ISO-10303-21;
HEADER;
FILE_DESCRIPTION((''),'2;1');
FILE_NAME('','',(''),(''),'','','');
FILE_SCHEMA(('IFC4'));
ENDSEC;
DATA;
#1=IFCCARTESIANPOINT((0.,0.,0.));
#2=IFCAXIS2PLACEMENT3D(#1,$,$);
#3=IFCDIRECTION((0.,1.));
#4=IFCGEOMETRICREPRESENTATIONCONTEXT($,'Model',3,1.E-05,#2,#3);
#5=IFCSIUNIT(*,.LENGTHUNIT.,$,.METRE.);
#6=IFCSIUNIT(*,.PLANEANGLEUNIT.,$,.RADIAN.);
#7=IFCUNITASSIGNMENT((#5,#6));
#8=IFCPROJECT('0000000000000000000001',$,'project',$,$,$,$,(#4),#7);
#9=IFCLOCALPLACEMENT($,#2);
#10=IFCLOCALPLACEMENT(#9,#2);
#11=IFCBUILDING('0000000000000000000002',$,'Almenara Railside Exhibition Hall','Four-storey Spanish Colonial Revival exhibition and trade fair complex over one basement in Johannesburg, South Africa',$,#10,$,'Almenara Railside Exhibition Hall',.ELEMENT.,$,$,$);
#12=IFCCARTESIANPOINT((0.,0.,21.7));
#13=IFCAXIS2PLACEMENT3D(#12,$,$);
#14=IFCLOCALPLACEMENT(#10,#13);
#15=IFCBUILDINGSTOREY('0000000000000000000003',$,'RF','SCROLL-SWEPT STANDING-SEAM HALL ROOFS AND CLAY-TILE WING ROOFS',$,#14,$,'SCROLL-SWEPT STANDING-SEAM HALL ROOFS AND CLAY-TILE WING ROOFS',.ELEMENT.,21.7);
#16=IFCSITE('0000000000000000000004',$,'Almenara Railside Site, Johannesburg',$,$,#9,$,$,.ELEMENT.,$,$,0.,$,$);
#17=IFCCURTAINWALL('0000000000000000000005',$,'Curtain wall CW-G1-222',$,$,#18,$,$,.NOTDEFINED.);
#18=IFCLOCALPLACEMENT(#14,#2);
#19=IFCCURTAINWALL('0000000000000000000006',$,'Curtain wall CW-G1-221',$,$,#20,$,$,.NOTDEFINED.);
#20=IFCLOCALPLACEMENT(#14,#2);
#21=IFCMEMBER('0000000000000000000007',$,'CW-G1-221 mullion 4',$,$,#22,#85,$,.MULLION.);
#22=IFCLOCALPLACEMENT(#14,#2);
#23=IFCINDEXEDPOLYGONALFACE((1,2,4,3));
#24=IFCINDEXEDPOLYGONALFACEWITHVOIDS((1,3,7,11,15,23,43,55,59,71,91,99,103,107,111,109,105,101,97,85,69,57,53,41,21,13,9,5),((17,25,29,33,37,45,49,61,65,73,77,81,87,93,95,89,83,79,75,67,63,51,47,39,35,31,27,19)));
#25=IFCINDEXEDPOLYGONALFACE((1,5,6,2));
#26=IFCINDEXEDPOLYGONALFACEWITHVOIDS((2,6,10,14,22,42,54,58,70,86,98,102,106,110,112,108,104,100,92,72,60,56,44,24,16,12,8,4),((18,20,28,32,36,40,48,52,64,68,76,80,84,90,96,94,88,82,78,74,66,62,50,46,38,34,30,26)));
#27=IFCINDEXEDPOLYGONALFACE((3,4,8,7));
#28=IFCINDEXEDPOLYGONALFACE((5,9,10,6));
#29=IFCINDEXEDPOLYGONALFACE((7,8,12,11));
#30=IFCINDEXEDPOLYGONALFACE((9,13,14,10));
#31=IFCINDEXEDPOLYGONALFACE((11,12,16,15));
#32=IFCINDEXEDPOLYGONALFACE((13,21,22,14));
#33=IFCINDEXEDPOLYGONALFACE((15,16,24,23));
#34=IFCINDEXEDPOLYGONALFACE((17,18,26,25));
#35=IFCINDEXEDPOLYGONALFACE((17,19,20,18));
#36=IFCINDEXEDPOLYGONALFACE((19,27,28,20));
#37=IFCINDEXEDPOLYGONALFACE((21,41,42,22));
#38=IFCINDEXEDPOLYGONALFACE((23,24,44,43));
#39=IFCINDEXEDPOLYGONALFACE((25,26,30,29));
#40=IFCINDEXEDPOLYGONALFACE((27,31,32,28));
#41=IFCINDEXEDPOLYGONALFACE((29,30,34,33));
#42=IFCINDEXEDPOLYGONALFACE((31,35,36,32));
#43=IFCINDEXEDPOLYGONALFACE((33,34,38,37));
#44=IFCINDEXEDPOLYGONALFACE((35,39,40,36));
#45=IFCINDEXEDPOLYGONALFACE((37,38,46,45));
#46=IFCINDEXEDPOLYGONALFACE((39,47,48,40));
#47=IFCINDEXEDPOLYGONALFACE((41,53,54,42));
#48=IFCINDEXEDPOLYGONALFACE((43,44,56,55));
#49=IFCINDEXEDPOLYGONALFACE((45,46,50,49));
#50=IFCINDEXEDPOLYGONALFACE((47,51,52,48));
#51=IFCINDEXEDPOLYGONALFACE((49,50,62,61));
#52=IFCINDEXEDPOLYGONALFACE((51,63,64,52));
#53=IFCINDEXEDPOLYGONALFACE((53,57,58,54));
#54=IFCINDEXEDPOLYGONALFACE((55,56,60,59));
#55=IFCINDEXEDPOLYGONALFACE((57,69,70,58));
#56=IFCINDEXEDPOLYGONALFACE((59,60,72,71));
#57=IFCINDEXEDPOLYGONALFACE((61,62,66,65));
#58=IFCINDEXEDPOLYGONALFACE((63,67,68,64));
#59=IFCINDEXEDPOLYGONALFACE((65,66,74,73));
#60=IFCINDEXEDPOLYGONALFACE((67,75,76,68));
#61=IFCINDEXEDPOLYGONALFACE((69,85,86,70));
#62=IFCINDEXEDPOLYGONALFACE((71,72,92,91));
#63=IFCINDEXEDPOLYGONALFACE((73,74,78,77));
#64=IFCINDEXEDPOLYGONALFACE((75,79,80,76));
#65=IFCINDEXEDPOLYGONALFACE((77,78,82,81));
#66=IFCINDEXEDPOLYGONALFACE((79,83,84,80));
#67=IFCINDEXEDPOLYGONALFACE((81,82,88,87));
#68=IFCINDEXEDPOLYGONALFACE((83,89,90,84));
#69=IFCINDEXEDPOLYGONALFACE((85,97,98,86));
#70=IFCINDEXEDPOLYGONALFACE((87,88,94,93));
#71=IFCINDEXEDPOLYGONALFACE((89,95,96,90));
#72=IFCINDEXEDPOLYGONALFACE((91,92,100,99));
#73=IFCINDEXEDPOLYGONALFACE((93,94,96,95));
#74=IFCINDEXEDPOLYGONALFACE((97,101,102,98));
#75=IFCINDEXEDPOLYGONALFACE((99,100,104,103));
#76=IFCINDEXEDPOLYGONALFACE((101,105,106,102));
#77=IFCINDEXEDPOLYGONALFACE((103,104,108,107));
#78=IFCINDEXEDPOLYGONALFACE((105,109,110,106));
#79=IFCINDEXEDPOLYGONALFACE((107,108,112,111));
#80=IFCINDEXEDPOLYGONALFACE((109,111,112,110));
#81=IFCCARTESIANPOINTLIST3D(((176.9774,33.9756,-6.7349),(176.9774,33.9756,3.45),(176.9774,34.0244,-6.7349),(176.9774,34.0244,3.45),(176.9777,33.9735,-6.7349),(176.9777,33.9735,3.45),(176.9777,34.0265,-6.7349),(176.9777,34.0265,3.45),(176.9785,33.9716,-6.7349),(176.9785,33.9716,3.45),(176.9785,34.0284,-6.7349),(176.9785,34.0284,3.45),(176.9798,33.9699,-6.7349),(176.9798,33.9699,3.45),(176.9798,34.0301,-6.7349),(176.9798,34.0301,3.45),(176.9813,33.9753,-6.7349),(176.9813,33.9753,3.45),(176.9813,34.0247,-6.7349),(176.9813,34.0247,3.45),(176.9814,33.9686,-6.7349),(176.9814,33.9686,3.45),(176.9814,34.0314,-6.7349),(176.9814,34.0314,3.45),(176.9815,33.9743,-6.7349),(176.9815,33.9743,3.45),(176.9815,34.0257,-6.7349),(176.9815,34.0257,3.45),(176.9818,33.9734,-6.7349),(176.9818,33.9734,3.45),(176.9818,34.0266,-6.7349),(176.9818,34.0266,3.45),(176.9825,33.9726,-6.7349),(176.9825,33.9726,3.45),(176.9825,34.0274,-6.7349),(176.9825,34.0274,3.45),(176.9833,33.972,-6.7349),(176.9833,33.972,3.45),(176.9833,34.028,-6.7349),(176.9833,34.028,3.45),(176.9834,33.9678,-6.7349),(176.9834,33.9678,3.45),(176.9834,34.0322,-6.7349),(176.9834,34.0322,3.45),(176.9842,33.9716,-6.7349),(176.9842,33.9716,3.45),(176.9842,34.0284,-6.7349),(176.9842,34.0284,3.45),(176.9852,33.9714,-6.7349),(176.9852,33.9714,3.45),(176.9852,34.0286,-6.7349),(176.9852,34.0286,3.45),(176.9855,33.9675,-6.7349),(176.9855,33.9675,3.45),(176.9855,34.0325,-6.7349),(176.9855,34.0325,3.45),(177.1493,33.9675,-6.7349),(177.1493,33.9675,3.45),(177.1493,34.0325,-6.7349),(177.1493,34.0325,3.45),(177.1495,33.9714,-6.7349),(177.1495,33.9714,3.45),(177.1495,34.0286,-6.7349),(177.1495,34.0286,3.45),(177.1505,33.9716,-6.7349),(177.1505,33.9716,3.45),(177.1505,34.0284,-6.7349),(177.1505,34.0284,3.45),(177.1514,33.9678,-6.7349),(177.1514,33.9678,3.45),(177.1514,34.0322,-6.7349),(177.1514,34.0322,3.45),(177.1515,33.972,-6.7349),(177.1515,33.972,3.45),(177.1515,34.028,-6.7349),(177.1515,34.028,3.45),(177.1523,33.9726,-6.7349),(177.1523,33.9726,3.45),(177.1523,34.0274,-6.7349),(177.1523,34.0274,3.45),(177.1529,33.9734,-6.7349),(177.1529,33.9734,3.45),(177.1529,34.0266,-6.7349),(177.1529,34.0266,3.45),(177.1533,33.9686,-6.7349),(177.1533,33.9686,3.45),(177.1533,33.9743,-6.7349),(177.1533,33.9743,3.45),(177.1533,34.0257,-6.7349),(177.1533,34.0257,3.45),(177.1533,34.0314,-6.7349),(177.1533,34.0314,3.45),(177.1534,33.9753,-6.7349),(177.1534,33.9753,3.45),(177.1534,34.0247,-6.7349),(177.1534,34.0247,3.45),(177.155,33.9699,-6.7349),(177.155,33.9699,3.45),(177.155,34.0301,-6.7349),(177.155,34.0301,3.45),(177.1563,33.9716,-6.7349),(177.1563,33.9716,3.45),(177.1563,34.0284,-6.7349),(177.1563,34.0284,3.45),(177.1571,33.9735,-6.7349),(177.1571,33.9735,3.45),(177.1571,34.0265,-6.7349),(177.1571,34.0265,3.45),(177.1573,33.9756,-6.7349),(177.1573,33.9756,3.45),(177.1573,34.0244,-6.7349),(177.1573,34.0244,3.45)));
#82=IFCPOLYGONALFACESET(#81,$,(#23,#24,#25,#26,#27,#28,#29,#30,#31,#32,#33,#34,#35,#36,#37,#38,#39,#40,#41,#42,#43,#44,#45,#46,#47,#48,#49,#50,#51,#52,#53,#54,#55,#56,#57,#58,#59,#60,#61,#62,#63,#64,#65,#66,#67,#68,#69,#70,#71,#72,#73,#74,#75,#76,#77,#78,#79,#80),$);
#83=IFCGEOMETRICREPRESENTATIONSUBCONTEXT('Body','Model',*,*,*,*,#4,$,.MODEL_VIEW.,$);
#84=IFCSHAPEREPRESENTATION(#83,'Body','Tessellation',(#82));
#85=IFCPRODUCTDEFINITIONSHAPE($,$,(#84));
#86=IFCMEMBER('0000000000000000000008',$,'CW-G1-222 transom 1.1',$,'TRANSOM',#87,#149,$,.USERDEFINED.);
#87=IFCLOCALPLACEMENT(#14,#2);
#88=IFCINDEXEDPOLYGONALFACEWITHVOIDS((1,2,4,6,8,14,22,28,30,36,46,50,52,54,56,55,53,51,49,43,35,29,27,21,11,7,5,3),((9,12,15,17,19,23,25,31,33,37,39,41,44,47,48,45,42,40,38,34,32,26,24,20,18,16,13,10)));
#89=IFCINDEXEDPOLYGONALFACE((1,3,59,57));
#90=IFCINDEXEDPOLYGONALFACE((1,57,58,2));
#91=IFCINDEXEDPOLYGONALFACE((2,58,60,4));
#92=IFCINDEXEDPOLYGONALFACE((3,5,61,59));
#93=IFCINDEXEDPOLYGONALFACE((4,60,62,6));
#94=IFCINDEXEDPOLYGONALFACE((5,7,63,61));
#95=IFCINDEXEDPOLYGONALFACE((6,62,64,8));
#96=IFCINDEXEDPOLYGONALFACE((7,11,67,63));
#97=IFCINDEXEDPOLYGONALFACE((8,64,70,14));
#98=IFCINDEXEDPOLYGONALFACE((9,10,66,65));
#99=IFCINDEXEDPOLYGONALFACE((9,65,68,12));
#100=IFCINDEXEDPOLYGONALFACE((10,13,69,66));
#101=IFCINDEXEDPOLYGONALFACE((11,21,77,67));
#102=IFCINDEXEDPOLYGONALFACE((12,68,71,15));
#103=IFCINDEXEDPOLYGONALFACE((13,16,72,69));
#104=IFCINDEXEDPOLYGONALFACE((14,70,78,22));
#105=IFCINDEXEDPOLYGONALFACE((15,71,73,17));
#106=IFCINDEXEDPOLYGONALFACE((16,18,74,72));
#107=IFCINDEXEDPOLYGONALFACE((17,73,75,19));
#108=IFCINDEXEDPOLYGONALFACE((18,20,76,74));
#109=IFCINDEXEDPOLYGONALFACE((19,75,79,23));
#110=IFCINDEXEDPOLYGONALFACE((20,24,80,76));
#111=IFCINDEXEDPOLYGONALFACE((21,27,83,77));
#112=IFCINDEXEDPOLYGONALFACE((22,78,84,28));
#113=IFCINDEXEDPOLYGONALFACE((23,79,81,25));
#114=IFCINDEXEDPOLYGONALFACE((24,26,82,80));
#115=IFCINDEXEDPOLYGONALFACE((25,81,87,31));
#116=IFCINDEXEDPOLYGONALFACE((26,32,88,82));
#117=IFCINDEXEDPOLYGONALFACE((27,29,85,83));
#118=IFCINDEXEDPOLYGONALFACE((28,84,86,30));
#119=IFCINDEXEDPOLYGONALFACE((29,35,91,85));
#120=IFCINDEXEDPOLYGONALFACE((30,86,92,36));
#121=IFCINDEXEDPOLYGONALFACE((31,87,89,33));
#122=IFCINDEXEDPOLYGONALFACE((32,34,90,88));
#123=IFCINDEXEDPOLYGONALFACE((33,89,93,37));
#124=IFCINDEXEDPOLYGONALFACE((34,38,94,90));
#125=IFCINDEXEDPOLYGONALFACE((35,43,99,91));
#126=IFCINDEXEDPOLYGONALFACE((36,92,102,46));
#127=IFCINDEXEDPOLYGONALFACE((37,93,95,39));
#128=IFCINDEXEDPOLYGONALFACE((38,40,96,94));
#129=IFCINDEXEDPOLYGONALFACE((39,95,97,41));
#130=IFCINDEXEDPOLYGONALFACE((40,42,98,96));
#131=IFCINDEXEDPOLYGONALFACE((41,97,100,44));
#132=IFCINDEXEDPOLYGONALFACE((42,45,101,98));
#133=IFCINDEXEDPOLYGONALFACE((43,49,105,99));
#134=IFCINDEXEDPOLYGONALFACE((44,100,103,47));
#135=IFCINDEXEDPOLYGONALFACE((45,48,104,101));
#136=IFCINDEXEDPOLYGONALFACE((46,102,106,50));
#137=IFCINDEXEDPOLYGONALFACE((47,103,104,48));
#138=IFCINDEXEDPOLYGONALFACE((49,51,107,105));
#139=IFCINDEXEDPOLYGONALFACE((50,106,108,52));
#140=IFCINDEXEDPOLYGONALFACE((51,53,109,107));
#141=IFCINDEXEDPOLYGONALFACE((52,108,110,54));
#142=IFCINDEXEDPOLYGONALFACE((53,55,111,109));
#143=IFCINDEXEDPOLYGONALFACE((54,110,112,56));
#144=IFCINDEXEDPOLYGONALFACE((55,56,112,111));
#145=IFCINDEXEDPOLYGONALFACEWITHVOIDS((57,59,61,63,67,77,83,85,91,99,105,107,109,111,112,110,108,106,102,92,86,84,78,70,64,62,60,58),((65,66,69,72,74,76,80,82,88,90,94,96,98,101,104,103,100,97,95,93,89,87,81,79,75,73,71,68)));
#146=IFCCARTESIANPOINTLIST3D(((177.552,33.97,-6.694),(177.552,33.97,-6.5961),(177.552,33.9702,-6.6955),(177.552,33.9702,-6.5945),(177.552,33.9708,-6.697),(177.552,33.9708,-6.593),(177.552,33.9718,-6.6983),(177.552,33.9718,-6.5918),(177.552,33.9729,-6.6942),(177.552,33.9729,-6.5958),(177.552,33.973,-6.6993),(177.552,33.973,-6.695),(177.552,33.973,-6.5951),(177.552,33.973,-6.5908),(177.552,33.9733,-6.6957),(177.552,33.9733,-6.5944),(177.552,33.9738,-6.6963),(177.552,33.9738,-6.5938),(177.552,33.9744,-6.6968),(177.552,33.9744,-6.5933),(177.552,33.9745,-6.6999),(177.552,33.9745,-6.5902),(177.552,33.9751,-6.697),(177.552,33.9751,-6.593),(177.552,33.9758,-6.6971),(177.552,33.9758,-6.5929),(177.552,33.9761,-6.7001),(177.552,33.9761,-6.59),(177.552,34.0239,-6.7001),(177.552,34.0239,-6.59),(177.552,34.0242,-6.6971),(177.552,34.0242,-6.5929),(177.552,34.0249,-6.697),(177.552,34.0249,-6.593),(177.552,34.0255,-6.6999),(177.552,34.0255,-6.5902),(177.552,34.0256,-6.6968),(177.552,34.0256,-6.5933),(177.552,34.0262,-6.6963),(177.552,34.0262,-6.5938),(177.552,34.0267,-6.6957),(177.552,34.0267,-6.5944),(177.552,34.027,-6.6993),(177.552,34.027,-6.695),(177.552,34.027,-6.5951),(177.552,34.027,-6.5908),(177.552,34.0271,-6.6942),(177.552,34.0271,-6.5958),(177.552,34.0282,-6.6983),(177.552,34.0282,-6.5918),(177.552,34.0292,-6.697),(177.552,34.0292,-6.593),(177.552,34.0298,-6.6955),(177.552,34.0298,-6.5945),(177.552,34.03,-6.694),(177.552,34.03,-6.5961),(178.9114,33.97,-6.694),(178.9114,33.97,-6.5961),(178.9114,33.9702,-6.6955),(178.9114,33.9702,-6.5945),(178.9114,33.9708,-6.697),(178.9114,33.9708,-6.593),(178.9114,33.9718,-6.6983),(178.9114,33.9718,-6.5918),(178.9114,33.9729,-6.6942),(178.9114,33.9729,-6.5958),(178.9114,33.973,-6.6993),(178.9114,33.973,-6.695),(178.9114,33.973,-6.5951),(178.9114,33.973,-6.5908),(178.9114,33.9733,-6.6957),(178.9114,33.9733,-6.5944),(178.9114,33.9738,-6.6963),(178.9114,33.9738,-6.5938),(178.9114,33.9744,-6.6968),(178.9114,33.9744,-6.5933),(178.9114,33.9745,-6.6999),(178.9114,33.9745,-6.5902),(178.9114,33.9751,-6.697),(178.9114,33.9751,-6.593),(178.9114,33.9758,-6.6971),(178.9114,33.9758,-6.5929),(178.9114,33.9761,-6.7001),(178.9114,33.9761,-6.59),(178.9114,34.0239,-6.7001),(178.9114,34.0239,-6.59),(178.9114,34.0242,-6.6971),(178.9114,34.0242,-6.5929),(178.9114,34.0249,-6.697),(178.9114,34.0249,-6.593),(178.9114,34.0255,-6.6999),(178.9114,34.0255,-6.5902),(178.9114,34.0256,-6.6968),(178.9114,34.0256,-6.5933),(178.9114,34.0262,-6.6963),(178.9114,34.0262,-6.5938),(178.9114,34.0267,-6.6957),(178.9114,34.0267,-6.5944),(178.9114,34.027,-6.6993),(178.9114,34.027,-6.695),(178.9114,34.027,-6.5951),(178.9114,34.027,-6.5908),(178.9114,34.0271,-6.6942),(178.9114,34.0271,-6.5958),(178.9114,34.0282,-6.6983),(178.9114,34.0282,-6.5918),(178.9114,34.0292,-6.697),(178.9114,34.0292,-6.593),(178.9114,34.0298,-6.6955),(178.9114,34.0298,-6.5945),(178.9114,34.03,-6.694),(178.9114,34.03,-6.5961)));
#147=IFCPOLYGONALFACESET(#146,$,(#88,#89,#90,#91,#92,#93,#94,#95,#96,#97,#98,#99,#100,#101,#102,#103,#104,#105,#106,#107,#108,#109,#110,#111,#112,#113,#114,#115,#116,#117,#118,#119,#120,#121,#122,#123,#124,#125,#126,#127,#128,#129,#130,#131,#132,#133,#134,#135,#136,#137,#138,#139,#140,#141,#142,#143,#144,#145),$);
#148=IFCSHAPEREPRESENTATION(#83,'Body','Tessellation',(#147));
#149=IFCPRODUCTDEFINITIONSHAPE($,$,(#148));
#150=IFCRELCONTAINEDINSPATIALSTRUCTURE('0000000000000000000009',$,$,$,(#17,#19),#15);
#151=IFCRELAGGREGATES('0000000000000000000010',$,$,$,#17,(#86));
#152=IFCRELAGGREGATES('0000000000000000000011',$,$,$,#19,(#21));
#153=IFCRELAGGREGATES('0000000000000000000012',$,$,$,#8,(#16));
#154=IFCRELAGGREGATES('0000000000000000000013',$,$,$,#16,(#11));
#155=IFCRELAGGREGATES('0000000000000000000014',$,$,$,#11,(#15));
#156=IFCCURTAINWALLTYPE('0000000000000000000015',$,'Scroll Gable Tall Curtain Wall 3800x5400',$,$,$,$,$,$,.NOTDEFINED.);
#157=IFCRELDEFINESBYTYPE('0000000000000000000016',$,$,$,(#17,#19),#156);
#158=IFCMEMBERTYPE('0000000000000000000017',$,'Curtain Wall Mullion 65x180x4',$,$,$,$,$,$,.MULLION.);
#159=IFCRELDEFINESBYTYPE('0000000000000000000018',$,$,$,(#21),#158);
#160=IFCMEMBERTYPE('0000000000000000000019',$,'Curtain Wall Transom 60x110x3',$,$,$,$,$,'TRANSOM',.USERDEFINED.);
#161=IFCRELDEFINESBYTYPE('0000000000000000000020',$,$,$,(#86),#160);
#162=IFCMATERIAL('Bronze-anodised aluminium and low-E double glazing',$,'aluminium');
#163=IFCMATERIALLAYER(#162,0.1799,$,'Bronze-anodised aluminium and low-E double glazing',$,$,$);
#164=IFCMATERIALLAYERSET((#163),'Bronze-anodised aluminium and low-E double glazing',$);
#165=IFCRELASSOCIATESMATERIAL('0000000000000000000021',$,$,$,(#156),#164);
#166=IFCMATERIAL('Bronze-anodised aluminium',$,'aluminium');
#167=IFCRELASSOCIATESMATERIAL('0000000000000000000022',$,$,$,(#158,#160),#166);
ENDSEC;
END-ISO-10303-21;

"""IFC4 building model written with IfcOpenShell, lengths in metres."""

from ifc_helpers import new_model, si_unit, direction, frame, origin, origin_2d, place, context, subcontext, project, spatial, hollow_rectangle, extrude, material, layer, layer_set, material_profile, profile_set, type_object, element, aggregate, save


model = new_model("IFC4")

# Units and contexts
model_context = context("Model", 3, precision=1e-05, world=origin(), true_north=direction((0.0, 1.0)))
body_context = subcontext(model_context, "Body", "Model", "MODEL_VIEW")
ifc_project = project(units=[si_unit("LENGTHUNIT", "METRE"), si_unit("PLANEANGLEUNIT", "RADIAN")], contexts=[model_context])

# Site, building, storey
site_placement = place(None, origin())
site = spatial("IfcSite", under=ifc_project, at=site_placement, Name="Almenara Railside Site, Johannesburg", CompositionType="ELEMENT", RefElevation=0.0)
building_placement = place(site_placement, origin())
building = spatial("IfcBuilding", under=site, at=building_placement, Name="Almenara Railside Exhibition Hall", Description="Four-storey Spanish Colonial Revival exhibition and trade fair complex over one basement in Johannesburg, South Africa", LongName="Almenara Railside Exhibition Hall", CompositionType="ELEMENT")
storey_placement = place(building_placement, frame((0.0, 0.0, 21.7)))
storey = spatial("IfcBuildingStorey", under=building, at=storey_placement, Name="RF", Description="SCROLL-SWEPT STANDING-SEAM HALL ROOFS AND CLAY-TILE WING ROOFS", LongName="SCROLL-SWEPT STANDING-SEAM HALL ROOFS AND CLAY-TILE WING ROOFS", CompositionType="ELEMENT", Elevation=21.7)

# Curtain wall
ifc_material_1 = material(Name="Bronze-anodised aluminium and low-E double glazing", Category="aluminium")
ifc_layer_1 = layer(ifc_material_1, 0.1799, Name="Bronze-anodised aluminium and low-E double glazing")
ifc_layer_set_1 = layer_set([ifc_layer_1], Name="Bronze-anodised aluminium and low-E double glazing")
curtain_wall_type = type_object("IfcCurtainWallType", Name="Scroll Gable Tall Curtain Wall 3800x5400", PredefinedType="NOTDEFINED", material=ifc_layer_set_1)
curtain_wall_1_placement = place(storey_placement, origin())
curtain_wall_1 = element("IfcCurtainWall", 1, at=curtain_wall_1_placement, inside=storey, type_object=curtain_wall_type, Name="Curtain wall CW-G1-222", PredefinedType="NOTDEFINED")
ifc_material_2 = material(Name="Bronze-anodised aluminium", Category="aluminium")

# Curtain wall, member
curtain_wall_2_placement = place(storey_placement, origin())
curtain_wall_2 = element("IfcCurtainWall", 2, at=curtain_wall_2_placement, inside=storey, type_object=curtain_wall_type, Name="Curtain wall CW-G1-221", PredefinedType="NOTDEFINED")
ifc_material_profile_1 = material_profile(ifc_material_2, hollow_rectangle(XDim=0.0649, YDim=0.1799, WallThickness=0.0039, InnerFilletRadius=0.0039, OuterFilletRadius=0.0081, at=origin_2d()), Name="ALU-MUL 65x180x4")
ifc_profile_set_1 = profile_set([ifc_material_profile_1], Name="Bronze-anodised aluminium")
member_type_1 = type_object("IfcMemberType", Name="Curtain Wall Mullion 65x180x4", PredefinedType="MULLION", material=ifc_profile_set_1)
member_1_placement = place(storey_placement, frame((177.0674, 34.0, -6.7349), z_axis=(0.0, 0.0, 1.0), x_axis=(0.0, 1.0, 0.0)))
member_1 = element("IfcMember", 3, at=member_1_placement, type_object=member_type_1, Name="CW-G1-221 mullion 4", PredefinedType="MULLION", context=body_context, shape_type="SweptSolid", body=[
    extrude(hollow_rectangle(XDim=0.0649, YDim=0.1799, WallThickness=0.0039, InnerFilletRadius=0.0039, OuterFilletRadius=0.0081, at=origin_2d()), origin(), (0.0, 0.0, 1.0), 10.1848),
])

# Member
ifc_material_profile_2 = material_profile(ifc_material_2, hollow_rectangle(XDim=0.0601, YDim=0.1101, WallThickness=0.0029, InnerFilletRadius=0.0029, OuterFilletRadius=0.0061, at=origin_2d()), Name="ALU-TRN 60x110x3")
ifc_profile_set_2 = profile_set([ifc_material_profile_2], Name="Bronze-anodised aluminium")
member_type_2 = type_object("IfcMemberType", Name="Curtain Wall Transom 60x110x3", ElementType="TRANSOM", PredefinedType="USERDEFINED", material=ifc_profile_set_2)
member_2_placement = place(storey_placement, frame((177.552, 34.0, -6.645), z_axis=(1.0, 0.0, 0.0), x_axis=(0.0, 1.0, 0.0)))
member_2 = element("IfcMember", 4, at=member_2_placement, type_object=member_type_2, Name="CW-G1-222 transom 1.1", ObjectType="TRANSOM", PredefinedType="USERDEFINED", context=body_context, shape_type="SweptSolid", body=[
    extrude(hollow_rectangle(XDim=0.0601, YDim=0.1101, WallThickness=0.0029, InnerFilletRadius=0.0029, OuterFilletRadius=0.0061, at=origin_2d()), origin(), (0.0, 0.0, 1.0), 1.3594),
])

aggregate(curtain_wall_1, [member_2])
aggregate(curtain_wall_2, [member_1])

save(model, "model.ifc")
